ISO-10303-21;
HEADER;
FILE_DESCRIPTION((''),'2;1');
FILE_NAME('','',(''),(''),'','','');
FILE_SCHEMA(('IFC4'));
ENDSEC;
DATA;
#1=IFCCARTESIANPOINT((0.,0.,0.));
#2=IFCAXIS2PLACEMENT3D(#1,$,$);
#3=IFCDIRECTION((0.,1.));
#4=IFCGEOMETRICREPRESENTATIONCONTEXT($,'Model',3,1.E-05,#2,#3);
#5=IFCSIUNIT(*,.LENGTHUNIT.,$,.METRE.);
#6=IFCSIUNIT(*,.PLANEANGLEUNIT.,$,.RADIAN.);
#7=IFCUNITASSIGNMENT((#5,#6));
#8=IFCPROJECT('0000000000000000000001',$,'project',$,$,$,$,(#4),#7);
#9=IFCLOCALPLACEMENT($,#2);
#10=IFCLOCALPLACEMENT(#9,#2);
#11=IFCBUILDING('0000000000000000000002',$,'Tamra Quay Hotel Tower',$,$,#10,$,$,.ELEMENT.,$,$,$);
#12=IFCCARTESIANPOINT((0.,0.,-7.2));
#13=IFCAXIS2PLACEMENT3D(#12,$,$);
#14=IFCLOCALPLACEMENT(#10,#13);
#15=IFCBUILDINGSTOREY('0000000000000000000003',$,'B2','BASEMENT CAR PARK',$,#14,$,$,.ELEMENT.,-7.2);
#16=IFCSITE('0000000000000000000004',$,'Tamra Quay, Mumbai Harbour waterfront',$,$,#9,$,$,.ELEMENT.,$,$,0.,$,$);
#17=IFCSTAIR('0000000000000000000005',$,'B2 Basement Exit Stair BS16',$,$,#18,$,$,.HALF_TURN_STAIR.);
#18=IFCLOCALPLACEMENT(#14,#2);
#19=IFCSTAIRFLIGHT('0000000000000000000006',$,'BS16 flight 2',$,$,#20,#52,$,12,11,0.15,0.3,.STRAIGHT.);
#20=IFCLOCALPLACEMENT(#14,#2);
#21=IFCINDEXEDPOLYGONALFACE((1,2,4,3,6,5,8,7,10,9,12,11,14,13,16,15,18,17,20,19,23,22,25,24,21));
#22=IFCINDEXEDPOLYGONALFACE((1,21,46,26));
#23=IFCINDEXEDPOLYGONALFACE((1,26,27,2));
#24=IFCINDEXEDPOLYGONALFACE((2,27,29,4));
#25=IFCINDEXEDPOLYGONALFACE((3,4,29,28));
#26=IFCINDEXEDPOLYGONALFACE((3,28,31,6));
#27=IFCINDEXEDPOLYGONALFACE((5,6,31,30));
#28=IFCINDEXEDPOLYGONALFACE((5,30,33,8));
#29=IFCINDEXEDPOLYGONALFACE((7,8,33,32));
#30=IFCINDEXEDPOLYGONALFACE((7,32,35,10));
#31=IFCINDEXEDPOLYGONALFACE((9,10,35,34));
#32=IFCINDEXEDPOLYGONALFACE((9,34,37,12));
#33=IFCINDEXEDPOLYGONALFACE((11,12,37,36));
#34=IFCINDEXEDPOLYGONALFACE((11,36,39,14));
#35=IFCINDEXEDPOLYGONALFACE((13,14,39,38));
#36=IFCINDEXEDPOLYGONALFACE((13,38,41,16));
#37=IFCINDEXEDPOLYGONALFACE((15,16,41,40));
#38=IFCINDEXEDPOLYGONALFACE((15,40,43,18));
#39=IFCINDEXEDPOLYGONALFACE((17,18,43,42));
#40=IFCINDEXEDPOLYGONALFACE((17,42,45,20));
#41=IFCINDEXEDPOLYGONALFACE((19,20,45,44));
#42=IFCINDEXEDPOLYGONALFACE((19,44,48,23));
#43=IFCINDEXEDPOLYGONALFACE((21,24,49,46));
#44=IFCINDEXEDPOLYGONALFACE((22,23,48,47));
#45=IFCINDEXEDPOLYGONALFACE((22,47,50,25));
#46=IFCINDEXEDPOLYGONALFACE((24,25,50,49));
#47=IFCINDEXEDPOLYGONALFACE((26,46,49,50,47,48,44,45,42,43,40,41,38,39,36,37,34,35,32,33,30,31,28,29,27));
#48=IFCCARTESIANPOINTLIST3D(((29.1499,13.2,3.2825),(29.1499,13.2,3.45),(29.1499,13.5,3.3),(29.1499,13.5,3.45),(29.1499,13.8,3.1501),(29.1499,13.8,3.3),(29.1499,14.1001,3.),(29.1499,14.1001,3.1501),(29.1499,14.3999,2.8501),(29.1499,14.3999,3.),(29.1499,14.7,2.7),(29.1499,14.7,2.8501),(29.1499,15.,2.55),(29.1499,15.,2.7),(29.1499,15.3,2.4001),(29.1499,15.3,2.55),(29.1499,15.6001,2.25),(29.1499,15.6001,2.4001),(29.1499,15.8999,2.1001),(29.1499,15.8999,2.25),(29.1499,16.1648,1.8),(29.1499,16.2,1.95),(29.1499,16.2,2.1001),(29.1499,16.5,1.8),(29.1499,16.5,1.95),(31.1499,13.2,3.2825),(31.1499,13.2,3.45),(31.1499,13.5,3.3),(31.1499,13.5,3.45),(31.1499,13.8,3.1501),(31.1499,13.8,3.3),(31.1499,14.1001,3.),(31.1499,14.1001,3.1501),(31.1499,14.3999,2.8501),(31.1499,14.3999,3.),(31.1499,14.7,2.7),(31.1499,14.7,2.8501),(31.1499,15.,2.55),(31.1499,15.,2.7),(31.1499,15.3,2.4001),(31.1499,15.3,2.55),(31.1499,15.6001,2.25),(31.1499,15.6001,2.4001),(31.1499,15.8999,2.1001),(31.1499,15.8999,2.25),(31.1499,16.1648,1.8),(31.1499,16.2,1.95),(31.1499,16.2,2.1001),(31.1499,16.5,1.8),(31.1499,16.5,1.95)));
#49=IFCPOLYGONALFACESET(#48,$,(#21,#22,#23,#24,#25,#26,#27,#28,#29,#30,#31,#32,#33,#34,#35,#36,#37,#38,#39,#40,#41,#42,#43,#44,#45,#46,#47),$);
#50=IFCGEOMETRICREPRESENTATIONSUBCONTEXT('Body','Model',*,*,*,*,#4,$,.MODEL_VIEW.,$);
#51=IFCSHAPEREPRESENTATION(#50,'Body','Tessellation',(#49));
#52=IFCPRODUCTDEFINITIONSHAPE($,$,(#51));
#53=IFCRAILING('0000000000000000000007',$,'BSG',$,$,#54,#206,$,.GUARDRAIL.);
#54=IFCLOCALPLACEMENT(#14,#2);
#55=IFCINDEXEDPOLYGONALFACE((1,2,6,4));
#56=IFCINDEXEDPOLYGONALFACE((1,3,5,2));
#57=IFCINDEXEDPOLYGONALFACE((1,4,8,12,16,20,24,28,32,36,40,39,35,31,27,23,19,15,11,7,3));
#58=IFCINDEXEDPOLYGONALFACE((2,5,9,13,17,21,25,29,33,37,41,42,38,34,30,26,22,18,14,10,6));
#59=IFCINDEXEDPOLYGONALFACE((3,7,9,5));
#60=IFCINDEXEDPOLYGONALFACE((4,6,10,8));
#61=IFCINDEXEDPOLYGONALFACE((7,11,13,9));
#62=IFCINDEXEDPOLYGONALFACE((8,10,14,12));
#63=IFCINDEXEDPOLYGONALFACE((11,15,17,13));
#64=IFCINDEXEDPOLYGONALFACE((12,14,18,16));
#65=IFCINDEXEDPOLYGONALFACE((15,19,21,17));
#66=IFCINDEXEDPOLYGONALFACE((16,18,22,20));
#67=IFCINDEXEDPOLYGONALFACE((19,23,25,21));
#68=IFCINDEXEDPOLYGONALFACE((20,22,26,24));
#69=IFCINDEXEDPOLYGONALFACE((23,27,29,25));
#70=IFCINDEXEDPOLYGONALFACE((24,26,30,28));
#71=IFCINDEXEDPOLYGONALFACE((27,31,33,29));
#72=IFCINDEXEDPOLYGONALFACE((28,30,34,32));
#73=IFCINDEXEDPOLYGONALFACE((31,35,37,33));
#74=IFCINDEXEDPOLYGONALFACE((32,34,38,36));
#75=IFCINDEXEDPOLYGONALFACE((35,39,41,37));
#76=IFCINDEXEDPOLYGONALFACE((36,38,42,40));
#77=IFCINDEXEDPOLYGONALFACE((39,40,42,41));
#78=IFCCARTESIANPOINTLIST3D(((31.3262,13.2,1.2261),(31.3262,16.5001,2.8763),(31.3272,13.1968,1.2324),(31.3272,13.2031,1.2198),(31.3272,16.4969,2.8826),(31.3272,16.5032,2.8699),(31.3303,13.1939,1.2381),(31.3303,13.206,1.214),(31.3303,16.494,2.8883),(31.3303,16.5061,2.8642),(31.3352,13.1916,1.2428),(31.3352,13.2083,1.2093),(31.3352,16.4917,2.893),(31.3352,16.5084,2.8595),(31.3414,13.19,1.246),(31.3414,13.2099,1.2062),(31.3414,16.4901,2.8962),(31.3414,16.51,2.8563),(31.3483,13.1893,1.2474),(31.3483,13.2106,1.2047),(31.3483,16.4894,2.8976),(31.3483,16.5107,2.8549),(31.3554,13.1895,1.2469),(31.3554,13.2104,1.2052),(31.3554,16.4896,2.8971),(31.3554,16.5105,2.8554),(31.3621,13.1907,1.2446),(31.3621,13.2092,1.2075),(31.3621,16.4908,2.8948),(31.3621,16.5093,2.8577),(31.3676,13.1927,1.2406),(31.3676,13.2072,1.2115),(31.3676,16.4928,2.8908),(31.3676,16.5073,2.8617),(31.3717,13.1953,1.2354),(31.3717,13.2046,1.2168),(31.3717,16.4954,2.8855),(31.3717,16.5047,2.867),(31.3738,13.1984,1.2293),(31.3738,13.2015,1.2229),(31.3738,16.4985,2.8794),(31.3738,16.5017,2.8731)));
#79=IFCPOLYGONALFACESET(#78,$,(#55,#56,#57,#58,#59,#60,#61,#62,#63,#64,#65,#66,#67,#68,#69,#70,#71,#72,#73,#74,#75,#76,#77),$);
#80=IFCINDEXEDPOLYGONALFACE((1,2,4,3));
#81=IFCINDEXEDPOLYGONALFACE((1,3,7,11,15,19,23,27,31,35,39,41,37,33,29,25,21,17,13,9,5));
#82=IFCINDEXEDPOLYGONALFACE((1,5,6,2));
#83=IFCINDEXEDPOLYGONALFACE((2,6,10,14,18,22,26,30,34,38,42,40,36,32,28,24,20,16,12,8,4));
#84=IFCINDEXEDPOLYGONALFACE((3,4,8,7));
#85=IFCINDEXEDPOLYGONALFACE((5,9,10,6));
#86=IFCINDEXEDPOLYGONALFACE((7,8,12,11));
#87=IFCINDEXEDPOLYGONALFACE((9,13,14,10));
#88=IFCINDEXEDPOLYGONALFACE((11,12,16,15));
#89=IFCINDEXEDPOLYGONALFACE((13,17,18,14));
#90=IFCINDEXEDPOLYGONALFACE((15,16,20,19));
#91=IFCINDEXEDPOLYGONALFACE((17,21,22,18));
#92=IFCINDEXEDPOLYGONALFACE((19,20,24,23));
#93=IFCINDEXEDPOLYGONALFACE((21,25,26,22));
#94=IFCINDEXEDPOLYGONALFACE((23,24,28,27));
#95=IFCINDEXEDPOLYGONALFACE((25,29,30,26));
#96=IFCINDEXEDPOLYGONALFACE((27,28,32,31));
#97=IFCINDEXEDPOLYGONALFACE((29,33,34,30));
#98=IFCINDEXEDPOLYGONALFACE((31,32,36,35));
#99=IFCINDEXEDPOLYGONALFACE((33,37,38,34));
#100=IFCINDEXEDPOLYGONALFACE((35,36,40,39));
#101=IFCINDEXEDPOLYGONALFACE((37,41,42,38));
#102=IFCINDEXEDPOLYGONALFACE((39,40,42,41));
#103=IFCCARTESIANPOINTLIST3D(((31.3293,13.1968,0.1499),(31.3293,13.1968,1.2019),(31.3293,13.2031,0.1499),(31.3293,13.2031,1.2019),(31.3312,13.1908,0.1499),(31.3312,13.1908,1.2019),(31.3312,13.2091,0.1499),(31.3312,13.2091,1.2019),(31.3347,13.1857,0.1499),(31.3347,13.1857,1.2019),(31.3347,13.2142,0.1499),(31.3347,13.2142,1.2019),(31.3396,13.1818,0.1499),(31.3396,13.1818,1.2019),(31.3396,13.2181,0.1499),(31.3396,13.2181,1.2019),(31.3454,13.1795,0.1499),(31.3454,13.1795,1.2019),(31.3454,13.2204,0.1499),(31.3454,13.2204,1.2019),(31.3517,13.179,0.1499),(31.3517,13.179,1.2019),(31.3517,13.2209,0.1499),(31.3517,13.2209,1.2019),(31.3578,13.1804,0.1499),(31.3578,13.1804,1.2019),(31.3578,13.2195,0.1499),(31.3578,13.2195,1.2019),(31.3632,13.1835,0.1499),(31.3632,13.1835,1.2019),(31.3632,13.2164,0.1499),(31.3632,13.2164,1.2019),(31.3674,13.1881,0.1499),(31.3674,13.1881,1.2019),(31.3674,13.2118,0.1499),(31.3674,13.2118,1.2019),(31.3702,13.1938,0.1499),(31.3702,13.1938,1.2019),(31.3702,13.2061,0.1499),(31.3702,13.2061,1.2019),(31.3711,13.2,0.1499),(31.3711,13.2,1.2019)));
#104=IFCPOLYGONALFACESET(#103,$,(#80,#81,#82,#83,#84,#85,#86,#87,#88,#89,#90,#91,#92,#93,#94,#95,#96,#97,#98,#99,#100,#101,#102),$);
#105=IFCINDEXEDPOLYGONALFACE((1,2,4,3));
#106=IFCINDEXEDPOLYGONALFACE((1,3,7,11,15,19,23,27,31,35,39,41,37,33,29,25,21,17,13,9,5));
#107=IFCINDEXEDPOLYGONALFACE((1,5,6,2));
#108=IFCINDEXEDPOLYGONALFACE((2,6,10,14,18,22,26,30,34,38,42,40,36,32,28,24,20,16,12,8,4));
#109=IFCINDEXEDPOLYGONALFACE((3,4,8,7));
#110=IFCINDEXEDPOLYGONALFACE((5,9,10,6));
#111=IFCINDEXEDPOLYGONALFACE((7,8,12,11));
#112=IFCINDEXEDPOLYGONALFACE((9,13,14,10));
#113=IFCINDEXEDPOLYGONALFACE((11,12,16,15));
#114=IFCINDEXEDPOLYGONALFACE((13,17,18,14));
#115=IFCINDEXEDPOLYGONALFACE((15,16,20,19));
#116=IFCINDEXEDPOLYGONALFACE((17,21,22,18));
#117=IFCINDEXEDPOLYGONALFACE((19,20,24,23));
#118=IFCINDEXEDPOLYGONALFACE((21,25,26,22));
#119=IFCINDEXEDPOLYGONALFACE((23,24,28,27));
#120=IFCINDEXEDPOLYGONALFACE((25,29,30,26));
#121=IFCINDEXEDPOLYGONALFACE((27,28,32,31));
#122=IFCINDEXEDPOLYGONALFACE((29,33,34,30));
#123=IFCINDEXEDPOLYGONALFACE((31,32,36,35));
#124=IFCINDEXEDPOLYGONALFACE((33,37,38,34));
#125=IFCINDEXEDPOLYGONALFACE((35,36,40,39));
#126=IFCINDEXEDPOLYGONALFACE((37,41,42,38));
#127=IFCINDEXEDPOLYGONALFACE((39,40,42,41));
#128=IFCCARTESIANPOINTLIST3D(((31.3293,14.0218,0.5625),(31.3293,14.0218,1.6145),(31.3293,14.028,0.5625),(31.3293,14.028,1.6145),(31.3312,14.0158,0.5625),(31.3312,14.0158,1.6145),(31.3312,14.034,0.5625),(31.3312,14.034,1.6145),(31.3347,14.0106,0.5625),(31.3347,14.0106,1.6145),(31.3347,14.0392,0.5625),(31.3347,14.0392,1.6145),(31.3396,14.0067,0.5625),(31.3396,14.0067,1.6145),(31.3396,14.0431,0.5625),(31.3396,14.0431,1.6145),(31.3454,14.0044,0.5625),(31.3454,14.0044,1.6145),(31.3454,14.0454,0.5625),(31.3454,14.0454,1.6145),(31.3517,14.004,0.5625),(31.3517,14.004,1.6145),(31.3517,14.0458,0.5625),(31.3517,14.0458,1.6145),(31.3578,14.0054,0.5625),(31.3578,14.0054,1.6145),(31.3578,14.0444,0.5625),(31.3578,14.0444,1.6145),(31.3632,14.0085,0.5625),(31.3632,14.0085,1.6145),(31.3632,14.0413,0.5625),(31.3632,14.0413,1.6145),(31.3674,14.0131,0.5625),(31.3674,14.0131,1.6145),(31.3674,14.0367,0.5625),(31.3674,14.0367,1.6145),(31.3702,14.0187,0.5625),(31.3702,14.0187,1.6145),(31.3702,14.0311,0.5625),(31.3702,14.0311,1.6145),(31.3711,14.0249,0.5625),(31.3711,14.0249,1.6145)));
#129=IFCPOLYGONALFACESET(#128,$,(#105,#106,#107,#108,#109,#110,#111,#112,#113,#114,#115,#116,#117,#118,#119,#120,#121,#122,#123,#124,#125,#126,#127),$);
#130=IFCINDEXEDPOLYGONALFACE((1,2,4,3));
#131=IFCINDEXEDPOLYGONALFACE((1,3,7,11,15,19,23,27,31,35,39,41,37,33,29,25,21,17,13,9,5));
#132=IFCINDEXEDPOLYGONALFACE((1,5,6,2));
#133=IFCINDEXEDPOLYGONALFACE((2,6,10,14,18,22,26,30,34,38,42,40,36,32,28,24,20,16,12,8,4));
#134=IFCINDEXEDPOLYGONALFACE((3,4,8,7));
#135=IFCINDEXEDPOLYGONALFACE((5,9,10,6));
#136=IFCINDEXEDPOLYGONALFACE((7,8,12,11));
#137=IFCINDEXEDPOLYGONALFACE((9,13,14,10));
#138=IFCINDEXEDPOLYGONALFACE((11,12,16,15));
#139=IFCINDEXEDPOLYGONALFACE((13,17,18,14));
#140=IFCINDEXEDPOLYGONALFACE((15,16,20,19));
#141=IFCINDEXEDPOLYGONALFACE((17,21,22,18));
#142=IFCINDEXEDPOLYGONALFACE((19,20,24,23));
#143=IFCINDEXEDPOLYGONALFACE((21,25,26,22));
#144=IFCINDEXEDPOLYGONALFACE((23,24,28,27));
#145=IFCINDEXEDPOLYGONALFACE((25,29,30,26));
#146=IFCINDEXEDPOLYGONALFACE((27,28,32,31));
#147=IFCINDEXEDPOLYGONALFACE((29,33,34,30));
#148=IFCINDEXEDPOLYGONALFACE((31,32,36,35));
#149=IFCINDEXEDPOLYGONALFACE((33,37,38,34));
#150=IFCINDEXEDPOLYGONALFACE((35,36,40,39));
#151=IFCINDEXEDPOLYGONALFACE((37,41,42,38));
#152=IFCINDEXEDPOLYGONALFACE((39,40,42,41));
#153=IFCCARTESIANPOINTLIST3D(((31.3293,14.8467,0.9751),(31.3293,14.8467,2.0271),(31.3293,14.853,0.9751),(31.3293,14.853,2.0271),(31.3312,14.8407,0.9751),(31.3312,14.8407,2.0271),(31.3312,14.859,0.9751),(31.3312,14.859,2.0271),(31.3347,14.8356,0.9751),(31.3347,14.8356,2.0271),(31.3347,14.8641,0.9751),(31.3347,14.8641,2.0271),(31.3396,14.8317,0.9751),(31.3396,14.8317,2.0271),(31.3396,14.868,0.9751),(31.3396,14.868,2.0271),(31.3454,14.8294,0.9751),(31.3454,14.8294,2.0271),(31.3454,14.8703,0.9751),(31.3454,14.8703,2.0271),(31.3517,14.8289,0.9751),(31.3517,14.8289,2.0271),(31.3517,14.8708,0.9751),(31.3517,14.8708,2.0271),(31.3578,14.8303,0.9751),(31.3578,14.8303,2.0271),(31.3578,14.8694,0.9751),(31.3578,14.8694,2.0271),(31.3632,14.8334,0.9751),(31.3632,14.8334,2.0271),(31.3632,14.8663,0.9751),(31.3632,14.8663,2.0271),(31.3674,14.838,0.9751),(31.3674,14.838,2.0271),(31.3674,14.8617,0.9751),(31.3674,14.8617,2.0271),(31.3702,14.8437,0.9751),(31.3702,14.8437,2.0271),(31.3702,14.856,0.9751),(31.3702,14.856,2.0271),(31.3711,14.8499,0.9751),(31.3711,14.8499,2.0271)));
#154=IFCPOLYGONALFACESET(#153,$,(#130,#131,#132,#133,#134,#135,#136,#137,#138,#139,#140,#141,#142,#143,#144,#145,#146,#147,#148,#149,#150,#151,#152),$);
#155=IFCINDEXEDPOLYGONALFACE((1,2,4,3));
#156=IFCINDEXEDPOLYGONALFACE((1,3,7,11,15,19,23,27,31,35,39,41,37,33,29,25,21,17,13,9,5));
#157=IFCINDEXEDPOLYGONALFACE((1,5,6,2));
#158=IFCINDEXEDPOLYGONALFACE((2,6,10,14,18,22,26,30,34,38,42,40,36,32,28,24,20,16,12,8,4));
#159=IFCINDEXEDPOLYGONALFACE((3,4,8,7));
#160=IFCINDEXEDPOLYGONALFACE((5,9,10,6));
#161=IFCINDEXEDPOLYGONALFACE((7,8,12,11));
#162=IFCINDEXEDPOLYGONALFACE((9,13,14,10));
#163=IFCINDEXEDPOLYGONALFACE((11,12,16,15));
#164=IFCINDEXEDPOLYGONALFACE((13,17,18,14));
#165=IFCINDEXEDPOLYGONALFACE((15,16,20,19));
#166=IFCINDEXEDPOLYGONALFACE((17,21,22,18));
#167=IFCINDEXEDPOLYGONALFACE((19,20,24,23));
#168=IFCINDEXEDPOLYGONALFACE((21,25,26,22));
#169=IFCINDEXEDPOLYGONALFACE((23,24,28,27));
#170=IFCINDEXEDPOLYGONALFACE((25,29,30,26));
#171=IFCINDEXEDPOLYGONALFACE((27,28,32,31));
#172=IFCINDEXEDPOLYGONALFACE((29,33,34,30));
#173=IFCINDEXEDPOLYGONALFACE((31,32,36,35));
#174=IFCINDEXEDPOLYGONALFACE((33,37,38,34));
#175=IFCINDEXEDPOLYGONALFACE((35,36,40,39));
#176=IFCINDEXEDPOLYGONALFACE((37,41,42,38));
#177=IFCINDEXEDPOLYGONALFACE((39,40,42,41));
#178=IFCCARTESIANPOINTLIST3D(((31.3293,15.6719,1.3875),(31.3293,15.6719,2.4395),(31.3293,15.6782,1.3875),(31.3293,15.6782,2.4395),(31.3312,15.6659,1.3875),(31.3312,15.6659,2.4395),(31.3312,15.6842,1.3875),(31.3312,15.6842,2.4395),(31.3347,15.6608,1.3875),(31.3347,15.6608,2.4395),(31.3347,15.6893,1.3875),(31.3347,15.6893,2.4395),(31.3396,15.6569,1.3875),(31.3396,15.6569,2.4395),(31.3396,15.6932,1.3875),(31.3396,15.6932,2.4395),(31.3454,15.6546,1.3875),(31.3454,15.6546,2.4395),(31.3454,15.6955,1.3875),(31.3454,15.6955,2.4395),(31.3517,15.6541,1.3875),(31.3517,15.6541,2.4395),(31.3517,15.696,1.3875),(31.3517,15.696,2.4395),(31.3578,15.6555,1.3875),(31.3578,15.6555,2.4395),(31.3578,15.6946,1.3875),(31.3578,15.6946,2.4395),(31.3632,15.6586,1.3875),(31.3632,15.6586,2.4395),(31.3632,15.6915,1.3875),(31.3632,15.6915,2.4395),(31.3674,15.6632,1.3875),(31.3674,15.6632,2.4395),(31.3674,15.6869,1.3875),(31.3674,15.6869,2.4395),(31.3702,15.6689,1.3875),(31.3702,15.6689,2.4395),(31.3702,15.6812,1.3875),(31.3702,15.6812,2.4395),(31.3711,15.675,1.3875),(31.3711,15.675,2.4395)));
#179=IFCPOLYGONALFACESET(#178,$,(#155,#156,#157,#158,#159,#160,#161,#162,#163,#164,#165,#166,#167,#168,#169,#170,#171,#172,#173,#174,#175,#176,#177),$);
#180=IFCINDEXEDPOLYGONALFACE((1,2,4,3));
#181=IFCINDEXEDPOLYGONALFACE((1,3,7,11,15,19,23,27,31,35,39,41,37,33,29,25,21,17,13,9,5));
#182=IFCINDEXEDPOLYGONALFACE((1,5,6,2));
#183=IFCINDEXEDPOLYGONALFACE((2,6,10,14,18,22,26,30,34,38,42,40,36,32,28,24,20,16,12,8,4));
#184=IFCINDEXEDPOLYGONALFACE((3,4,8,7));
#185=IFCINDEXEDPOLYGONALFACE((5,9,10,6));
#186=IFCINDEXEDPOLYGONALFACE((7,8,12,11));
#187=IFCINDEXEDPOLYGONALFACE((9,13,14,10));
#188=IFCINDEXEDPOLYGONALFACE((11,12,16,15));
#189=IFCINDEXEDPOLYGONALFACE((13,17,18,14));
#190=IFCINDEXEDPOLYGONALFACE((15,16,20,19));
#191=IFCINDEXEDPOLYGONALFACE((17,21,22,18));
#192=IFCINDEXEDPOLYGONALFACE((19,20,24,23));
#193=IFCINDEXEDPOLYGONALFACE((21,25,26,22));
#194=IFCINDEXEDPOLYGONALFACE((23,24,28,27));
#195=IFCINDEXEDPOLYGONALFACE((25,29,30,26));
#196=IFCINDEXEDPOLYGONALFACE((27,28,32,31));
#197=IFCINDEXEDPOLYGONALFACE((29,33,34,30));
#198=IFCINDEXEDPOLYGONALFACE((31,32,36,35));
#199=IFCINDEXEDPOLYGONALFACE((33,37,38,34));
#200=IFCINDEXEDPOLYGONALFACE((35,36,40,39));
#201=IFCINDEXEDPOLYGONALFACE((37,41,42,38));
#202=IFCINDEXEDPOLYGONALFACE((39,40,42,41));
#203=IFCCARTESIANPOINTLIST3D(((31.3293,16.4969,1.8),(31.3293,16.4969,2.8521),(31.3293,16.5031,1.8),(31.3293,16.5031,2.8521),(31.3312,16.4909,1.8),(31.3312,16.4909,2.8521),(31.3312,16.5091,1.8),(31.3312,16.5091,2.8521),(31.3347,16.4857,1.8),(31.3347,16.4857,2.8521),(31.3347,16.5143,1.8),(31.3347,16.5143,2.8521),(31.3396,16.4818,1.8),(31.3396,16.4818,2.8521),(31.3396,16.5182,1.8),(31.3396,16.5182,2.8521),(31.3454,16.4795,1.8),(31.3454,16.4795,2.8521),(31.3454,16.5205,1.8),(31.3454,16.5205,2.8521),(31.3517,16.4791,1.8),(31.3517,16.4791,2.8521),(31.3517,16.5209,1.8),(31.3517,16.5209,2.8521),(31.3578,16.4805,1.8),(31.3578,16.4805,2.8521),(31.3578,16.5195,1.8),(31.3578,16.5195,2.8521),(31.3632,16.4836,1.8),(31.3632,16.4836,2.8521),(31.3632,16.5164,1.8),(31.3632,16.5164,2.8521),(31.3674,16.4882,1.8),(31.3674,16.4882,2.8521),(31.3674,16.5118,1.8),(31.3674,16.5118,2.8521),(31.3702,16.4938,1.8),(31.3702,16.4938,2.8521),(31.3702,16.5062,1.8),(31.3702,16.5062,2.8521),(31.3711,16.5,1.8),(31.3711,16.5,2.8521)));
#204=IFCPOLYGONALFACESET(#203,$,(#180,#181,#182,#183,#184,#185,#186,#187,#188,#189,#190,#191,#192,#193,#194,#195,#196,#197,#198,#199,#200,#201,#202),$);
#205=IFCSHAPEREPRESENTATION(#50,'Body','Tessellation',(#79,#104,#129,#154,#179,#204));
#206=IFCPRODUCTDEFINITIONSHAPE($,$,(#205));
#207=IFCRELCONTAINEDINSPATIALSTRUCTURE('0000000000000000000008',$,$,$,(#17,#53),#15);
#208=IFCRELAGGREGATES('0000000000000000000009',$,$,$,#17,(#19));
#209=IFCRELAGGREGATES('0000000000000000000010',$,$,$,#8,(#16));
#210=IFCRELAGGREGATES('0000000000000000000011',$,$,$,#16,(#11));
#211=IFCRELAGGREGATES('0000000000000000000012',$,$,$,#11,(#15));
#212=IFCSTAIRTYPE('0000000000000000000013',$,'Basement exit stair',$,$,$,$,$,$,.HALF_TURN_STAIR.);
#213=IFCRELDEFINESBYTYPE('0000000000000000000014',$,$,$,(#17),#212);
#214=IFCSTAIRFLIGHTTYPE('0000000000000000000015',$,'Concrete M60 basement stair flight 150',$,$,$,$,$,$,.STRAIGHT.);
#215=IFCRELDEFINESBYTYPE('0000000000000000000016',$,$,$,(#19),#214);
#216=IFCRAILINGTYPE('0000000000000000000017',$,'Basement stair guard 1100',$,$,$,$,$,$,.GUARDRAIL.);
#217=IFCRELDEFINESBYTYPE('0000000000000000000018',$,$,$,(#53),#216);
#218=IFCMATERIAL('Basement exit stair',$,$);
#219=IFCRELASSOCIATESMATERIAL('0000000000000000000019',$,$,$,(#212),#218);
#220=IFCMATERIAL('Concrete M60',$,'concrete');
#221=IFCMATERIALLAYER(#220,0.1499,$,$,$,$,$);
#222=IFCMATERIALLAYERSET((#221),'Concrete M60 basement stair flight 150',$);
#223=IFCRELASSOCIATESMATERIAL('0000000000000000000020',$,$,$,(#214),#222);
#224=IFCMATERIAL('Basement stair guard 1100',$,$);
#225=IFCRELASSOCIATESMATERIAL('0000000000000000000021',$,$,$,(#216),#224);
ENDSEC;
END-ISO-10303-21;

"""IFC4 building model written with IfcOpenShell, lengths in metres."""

from ifc_helpers import new_model, si_unit, direction, frame, origin, origin_2d, place, context, subcontext, project, spatial, polyline, circle, outline, extrude, material, layer, layer_set, type_object, element, aggregate, save


model = new_model("IFC4")

# Units and contexts
model_context = context("Model", 3, precision=1e-05, world=origin(), true_north=direction((0.0, 1.0)))
body_context = subcontext(model_context, "Body", "Model", "MODEL_VIEW")
ifc_project = project(units=[si_unit("LENGTHUNIT", "METRE"), si_unit("PLANEANGLEUNIT", "RADIAN")], contexts=[model_context])

# Site, building, storey
site_placement = place(None, origin())
site = spatial("IfcSite", under=ifc_project, at=site_placement, Name="Tamra Quay, Mumbai Harbour waterfront", CompositionType="ELEMENT", RefElevation=0.0)
building_placement = place(site_placement, origin())
building = spatial("IfcBuilding", under=site, at=building_placement, Name="Tamra Quay Hotel Tower", CompositionType="ELEMENT")
storey_placement = place(building_placement, frame((0.0, 0.0, -7.2)))
storey = spatial("IfcBuildingStorey", under=building, at=storey_placement, Name="B2", Description="BASEMENT CAR PARK", CompositionType="ELEMENT", Elevation=-7.2)

# Stair, stair flight
ifc_material_1 = material(Name="Basement exit stair")
stair_type = type_object("IfcStairType", Name="Basement exit stair", PredefinedType="HALF_TURN_STAIR", material=ifc_material_1)
stair_placement = place(storey_placement, origin())
stair = element("IfcStair", 1, at=stair_placement, inside=storey, type_object=stair_type, Name="B2 Basement Exit Stair BS16", PredefinedType="HALF_TURN_STAIR")
ifc_material_2 = material(Name="Concrete M60", Category="concrete")
ifc_layer_1 = layer(ifc_material_2, 0.1499)
ifc_layer_set_1 = layer_set([ifc_layer_1], Name="Concrete M60 basement stair flight 150")
stair_flight_type = type_object("IfcStairFlightType", Name="Concrete M60 basement stair flight 150", PredefinedType="STRAIGHT", material=ifc_layer_set_1)
stair_flight_1_placement = place(storey_placement, frame((30.1499, 16.5, 1.8), z_axis=(0.0, 0.0, 1.0), x_axis=(0.0, -1.0, 0.0)))
stair_flight_1 = element("IfcStairFlight", 2, at=stair_flight_1_placement, type_object=stair_flight_type, Name="BS16 flight 2", NumberOfRisers=12, NumberOfTreads=11, PredefinedType="STRAIGHT", RiserHeight=0.15, TreadLength=0.3, context=body_context, shape_type="SweptSolid", body=[
    extrude(outline(polyline([(0.0, 0.0), (0.0, 0.1499), (0.3, 0.1499), (0.3, 0.3), (0.6001, 0.3), (0.6001, 0.45), (0.8999, 0.45), (0.8999, 0.6001), (1.2, 0.6001), (1.2, 0.75), (1.5, 0.75), (1.5, 0.8999), (1.8, 0.8999), (1.8, 1.05), (2.1001, 1.05), (2.1001, 1.2), (2.3999, 1.2), (2.3999, 1.3501), (2.7, 1.3501), (2.7, 1.5), (3.0, 1.5), (3.0, 1.6499), (3.3, 1.6499), (3.3, 1.8), (3.3, 1.4824), (0.3352, 0.0), (0.0, 0.0)])), frame((0.0, 1.0, 0.0), z_axis=(0.0, -1.0, 0.0), x_axis=(1.0, 0.0, 0.0)), (0.0, 0.0, 1.0), 2.0),
])
aggregate(stair, [stair_flight_1])

# Railing
ifc_material_3 = material(Name="Basement stair guard 1100")
railing_type_1 = type_object("IfcRailingType", Name="Basement stair guard 1100", PredefinedType="GUARDRAIL", material=ifc_material_3)
railing_1_placement = place(storey_placement, frame((31.3501, 13.2, 0.1499)))
element("IfcRailing", 3, at=railing_1_placement, inside=storey, type_object=railing_type_1, Name="BSG", PredefinedType="GUARDRAIL", context=body_context, shape_type="SweptSolid", body=[
    extrude(circle(Radius=0.0239, at=origin_2d()), frame((0.0, 0.0, 1.0762), z_axis=(0.0, 0.894414, 0.44724), x_axis=(-1.0, 0.0, 0.0)), (0.0, 0.0, 1.0), 3.6897),
    extrude(circle(Radius=0.021, at=origin_2d()), origin(), (0.0, 0.0, 1.0), 1.052),
    extrude(circle(Radius=0.021, at=origin_2d()), frame((0.0, 0.825, 0.4126)), (0.0, 0.0, 1.0), 1.052),
    extrude(circle(Radius=0.021, at=origin_2d()), frame((0.0, 1.6499, 0.8252)), (0.0, 0.0, 1.0), 1.052),
    extrude(circle(Radius=0.021, at=origin_2d()), frame((0.0, 2.4751, 1.2375)), (0.0, 0.0, 1.0), 1.052),
    extrude(circle(Radius=0.021, at=origin_2d()), frame((0.0, 3.3, 1.6501)), (0.0, 0.0, 1.0), 1.052),
])

save(model, "model.ifc")
